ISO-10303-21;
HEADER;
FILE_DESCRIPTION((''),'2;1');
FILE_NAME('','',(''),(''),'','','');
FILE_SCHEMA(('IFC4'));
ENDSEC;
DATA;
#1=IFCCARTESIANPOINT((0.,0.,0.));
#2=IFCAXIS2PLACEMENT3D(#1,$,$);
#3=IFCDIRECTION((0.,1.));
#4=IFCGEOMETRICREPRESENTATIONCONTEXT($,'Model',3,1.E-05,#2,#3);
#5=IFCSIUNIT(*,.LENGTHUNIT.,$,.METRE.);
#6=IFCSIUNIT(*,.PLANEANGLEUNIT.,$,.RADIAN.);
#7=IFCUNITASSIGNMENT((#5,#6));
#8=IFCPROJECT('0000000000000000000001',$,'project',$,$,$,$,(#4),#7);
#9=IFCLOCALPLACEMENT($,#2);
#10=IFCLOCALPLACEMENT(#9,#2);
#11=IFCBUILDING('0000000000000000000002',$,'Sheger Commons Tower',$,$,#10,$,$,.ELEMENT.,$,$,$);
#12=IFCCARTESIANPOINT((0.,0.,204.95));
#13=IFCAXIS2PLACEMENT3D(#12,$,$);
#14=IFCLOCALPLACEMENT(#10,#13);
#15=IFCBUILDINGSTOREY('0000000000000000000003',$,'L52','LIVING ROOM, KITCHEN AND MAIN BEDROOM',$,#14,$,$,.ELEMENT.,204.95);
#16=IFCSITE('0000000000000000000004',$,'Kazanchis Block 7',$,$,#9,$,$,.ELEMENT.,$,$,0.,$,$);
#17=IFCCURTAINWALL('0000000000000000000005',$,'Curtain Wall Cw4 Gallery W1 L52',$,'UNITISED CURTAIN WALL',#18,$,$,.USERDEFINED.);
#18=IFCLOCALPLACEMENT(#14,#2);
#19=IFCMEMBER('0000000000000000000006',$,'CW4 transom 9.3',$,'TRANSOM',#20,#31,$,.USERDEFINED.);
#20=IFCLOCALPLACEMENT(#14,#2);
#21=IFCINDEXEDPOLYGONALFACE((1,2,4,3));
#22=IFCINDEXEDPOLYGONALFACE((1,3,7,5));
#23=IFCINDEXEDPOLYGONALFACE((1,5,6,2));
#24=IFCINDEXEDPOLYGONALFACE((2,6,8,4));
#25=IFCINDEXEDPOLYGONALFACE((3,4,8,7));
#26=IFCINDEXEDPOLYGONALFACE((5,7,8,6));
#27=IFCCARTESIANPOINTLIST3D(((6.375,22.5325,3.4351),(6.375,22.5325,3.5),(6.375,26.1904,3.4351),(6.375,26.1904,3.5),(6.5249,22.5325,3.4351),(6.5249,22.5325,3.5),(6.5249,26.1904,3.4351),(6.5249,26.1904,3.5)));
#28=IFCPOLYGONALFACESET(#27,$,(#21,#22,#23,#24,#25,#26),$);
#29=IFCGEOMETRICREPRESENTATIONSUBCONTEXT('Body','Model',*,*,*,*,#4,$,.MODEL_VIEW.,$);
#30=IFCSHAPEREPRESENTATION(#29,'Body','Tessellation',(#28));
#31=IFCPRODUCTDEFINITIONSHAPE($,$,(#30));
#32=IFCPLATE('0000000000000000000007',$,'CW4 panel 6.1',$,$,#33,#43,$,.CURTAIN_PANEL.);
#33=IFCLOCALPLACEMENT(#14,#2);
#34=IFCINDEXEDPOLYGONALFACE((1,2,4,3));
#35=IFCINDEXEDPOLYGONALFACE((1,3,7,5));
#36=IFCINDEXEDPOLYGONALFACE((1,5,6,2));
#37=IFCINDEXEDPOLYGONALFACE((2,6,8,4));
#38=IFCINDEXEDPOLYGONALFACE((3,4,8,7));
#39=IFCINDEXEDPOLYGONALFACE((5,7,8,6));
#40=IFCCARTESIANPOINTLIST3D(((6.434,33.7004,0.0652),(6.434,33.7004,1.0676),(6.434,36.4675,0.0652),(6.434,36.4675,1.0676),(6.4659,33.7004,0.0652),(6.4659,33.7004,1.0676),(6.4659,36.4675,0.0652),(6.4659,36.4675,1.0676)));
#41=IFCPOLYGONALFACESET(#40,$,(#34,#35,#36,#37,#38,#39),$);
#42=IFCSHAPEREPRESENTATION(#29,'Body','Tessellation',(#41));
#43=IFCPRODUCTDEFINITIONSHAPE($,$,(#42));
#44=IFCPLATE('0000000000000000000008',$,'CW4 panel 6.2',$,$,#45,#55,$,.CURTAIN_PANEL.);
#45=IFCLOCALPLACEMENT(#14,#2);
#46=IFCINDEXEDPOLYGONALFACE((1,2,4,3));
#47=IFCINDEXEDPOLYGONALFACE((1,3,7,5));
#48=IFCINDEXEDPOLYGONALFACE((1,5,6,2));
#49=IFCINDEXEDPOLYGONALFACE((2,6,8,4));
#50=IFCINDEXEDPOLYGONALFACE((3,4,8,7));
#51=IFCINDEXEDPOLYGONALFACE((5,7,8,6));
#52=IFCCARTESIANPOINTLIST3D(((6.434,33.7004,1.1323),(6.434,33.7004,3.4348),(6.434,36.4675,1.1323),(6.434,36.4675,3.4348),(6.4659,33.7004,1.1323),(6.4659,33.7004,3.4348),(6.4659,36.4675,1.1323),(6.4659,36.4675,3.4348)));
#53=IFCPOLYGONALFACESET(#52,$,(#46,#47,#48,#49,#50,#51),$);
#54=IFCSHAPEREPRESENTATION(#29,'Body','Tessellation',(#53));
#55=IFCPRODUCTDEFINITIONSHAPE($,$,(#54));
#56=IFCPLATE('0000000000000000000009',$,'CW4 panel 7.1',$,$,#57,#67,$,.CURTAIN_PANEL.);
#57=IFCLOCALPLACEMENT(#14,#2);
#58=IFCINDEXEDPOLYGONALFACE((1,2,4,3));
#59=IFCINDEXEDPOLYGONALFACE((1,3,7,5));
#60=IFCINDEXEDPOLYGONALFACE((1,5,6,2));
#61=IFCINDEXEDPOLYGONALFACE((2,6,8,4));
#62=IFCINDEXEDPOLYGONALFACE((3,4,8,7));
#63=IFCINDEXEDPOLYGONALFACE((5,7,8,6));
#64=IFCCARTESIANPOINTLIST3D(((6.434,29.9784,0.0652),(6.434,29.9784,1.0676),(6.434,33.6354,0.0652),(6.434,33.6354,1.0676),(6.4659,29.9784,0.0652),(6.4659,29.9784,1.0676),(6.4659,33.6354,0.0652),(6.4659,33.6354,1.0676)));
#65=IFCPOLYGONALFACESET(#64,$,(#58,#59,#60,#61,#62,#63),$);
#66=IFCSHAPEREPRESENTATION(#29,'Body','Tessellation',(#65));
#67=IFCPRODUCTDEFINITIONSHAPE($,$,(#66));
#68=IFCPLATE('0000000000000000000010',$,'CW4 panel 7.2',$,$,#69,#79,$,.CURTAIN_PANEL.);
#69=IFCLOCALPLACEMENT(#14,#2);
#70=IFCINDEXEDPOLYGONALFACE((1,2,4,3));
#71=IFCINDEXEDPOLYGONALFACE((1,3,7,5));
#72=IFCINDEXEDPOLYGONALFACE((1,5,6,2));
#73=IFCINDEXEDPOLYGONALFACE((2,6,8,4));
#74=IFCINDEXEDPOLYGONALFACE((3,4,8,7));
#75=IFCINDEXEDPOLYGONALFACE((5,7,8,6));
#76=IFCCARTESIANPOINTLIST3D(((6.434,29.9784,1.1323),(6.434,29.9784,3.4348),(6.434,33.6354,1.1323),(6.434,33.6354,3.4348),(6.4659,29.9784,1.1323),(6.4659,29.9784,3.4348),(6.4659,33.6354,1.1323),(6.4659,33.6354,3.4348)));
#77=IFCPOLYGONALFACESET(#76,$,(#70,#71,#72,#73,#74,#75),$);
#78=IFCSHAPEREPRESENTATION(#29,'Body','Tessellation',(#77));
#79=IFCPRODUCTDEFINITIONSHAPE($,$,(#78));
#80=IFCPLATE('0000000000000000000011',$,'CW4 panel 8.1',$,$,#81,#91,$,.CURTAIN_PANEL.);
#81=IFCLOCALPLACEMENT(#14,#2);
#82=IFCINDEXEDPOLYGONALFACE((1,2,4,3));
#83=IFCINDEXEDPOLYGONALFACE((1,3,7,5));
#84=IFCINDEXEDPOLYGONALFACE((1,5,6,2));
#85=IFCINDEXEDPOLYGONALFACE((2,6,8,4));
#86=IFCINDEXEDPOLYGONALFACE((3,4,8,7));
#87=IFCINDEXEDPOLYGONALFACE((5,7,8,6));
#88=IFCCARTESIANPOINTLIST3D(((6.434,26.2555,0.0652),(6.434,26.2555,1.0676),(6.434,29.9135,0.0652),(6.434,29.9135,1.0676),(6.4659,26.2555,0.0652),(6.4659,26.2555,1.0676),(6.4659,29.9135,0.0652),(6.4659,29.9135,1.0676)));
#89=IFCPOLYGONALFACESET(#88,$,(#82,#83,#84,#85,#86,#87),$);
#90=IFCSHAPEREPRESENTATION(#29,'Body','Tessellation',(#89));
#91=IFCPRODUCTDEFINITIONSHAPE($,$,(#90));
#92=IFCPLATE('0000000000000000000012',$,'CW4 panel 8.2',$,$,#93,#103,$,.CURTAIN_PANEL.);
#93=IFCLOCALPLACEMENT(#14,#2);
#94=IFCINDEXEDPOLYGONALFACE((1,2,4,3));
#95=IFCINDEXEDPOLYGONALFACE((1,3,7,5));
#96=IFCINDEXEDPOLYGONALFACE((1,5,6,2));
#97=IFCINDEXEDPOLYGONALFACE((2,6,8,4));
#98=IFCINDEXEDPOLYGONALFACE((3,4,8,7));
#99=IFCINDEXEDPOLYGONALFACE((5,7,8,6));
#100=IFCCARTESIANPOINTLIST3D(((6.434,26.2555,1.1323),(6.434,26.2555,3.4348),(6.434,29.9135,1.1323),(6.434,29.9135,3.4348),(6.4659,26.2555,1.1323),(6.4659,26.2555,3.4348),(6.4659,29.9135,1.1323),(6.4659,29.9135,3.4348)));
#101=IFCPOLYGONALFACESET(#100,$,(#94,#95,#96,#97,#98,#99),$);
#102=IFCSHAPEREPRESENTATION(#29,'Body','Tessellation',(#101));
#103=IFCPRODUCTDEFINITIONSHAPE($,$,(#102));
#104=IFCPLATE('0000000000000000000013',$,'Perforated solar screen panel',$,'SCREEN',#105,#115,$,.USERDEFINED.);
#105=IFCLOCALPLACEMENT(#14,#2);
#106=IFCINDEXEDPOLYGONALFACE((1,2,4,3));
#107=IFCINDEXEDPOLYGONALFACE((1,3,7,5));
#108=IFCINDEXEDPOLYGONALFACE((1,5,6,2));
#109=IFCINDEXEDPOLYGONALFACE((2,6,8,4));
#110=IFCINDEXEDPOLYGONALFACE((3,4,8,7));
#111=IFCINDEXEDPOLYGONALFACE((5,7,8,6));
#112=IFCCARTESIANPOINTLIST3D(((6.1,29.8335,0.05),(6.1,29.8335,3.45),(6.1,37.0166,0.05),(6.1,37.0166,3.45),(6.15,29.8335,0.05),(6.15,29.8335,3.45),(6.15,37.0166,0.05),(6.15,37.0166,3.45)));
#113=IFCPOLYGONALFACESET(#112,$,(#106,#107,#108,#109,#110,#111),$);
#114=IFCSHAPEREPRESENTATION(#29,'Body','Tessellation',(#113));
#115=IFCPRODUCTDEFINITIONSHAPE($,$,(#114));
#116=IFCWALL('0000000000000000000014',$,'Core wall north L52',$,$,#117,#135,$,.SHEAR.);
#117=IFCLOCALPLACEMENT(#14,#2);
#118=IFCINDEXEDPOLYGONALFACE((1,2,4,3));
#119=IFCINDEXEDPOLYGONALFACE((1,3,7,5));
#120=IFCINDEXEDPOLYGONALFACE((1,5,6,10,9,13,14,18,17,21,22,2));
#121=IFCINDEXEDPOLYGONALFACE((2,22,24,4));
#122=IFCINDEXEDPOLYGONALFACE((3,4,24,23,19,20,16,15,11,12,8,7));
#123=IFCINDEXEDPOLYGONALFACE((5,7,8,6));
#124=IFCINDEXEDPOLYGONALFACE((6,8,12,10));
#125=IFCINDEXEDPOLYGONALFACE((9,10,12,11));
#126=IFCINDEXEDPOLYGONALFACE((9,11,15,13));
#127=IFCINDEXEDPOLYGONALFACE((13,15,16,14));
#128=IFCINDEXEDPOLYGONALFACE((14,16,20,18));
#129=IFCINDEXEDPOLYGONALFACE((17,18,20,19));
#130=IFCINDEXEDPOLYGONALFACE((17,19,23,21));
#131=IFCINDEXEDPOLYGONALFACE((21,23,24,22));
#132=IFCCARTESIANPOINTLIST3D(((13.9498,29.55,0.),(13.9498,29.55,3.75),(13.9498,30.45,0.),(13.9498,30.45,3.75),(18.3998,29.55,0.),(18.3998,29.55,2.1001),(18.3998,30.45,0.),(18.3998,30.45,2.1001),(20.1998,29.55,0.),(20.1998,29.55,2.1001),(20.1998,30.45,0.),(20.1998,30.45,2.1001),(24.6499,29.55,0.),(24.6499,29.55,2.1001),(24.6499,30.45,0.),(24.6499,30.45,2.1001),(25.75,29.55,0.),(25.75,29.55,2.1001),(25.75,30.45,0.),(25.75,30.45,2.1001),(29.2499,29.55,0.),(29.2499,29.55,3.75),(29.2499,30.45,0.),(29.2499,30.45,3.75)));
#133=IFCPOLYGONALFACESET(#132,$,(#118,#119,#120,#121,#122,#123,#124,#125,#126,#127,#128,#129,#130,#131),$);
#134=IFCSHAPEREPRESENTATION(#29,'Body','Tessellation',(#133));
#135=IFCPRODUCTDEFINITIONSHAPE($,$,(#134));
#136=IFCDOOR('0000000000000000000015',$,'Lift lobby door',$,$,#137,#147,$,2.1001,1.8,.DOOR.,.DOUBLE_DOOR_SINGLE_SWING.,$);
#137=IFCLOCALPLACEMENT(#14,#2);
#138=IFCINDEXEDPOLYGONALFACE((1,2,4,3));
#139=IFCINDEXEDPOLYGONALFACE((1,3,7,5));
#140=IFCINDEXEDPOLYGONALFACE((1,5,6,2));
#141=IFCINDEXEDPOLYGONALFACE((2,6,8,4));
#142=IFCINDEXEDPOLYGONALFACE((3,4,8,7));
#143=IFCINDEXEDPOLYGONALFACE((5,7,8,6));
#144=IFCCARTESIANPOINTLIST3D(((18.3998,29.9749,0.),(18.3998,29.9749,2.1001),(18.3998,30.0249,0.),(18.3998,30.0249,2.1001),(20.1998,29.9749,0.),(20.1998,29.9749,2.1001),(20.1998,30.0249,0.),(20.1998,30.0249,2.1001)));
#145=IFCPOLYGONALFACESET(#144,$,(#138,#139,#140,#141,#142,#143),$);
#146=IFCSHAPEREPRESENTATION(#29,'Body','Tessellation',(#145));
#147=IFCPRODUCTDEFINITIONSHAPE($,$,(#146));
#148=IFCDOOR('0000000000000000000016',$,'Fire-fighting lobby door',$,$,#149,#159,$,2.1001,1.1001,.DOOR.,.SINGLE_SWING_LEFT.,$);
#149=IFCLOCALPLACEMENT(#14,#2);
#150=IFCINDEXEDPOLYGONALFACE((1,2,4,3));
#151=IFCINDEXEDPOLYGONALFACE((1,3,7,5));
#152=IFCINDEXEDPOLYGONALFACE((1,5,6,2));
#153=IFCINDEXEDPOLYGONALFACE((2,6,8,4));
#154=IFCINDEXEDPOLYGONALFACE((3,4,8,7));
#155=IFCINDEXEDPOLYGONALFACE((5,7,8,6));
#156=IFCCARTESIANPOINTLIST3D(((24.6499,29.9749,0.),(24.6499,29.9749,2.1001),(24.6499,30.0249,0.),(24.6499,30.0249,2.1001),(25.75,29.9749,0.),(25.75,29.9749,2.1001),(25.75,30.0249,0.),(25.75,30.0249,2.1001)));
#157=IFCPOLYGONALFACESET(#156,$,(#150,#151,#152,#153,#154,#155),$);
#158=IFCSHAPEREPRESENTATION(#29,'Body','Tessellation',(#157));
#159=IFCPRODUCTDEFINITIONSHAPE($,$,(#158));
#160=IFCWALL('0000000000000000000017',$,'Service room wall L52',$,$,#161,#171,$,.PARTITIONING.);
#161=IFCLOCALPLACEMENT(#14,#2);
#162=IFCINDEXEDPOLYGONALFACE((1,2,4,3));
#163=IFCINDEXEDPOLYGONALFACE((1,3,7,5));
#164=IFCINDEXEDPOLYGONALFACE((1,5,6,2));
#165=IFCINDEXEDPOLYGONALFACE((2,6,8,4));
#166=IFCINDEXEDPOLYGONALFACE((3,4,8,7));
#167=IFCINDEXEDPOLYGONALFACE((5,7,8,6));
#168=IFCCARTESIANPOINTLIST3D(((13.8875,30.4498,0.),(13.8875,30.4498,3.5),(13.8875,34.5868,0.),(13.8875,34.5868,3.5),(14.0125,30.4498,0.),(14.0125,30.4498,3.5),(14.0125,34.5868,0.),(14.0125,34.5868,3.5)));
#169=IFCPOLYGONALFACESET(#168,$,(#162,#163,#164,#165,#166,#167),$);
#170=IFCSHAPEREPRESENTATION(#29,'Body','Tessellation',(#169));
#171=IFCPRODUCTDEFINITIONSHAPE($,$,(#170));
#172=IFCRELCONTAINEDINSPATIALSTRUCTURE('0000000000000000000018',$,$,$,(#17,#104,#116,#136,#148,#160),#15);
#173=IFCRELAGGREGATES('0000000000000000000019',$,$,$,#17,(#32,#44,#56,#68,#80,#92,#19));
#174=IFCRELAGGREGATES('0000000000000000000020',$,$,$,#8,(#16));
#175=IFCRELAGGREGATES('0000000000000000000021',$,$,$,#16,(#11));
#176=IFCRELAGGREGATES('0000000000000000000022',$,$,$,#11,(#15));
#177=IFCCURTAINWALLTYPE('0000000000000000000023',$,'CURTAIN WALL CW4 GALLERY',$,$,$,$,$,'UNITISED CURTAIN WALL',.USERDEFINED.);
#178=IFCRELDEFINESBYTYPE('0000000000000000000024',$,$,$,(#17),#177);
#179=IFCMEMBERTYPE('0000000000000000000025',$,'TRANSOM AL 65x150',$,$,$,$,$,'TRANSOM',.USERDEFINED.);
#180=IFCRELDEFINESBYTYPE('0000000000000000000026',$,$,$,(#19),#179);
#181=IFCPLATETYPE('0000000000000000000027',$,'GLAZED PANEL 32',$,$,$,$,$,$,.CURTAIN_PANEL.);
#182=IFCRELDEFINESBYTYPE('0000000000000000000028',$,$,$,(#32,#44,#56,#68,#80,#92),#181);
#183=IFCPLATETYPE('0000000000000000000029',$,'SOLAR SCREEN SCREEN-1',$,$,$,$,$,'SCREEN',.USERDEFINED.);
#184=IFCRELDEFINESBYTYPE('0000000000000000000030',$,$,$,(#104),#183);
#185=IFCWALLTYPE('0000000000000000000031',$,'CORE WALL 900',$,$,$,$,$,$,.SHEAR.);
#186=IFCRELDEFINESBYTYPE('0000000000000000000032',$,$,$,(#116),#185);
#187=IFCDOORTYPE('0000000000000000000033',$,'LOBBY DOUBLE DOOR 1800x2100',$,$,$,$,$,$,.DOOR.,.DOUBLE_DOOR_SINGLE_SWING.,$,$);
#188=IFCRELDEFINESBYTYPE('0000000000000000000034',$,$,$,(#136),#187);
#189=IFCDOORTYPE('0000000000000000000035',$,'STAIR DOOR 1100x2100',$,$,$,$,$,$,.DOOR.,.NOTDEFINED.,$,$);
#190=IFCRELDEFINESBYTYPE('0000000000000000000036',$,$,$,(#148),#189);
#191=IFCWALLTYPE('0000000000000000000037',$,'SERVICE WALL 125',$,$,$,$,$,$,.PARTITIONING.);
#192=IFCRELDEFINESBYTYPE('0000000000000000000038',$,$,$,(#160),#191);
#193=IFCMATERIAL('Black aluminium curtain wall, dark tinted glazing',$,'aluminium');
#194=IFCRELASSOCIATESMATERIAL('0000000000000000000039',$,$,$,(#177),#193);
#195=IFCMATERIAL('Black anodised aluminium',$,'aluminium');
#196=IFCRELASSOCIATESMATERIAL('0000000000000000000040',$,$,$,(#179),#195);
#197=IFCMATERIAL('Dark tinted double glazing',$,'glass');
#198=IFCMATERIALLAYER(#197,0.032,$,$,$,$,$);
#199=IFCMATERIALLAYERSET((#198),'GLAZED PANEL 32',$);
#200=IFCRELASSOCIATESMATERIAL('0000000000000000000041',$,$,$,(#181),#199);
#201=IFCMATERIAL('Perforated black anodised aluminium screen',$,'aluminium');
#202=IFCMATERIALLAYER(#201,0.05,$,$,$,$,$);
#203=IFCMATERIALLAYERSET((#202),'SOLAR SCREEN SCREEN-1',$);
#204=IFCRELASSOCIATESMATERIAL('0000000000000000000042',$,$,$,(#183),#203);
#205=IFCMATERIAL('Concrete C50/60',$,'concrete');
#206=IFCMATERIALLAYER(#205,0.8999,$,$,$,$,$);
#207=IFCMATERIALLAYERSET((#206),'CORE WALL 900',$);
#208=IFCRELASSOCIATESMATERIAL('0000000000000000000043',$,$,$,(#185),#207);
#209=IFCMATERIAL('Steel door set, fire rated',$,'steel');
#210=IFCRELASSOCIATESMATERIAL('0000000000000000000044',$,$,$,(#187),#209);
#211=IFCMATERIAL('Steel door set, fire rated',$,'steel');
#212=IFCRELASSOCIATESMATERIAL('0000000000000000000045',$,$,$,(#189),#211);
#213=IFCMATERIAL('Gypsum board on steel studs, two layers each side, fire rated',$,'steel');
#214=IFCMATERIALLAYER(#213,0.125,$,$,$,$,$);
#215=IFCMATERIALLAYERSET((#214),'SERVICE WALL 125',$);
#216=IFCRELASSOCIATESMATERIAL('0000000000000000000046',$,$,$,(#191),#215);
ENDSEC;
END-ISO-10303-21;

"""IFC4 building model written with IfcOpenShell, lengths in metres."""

from ifc_helpers import new_model, si_unit, direction, frame, frame_2d, origin, origin_2d, place, context, subcontext, project, spatial, rectangle, extrude, material, layer, layer_set, material_profile, profile_set, type_object, element, fill, aggregate, save


model = new_model("IFC4")

# Units and contexts
model_context = context("Model", 3, precision=1e-05, world=origin(), true_north=direction((0.0, 1.0)))
body_context = subcontext(model_context, "Body", "Model", "MODEL_VIEW")
ifc_project = project(units=[si_unit("LENGTHUNIT", "METRE"), si_unit("PLANEANGLEUNIT", "RADIAN")], contexts=[model_context])

# Site, building, storey
site_placement = place(None, origin())
site = spatial("IfcSite", under=ifc_project, at=site_placement, Name="Kazanchis Block 7", CompositionType="ELEMENT", RefElevation=0.0)
building_placement = place(site_placement, origin())
building = spatial("IfcBuilding", under=site, at=building_placement, Name="Sheger Commons Tower", CompositionType="ELEMENT")
storey_placement = place(building_placement, frame((0.0, 0.0, 204.95)))
storey = spatial("IfcBuildingStorey", under=building, at=storey_placement, Name="L52", Description="LIVING ROOM, KITCHEN AND MAIN BEDROOM", CompositionType="ELEMENT", Elevation=204.95)

# Curtain wall
ifc_material_1 = material(Name="Black aluminium curtain wall, dark tinted glazing", Category="aluminium")
curtain_wall_type = type_object("IfcCurtainWallType", Name="CURTAIN WALL CW4 GALLERY", ElementType="UNITISED CURTAIN WALL", PredefinedType="USERDEFINED", material=ifc_material_1)
curtain_wall_placement = place(storey_placement, origin())
curtain_wall = element("IfcCurtainWall", 1, at=curtain_wall_placement, inside=storey, type_object=curtain_wall_type, Name="Curtain Wall Cw4 Gallery W1 L52", ObjectType="UNITISED CURTAIN WALL", PredefinedType="USERDEFINED")

# Member
ifc_material_2 = material(Name="Black anodised aluminium", Category="aluminium")
ifc_material_profile_1 = material_profile(ifc_material_2, rectangle(XDim=0.1499, YDim=0.0649, at=origin_2d()), Name="AL 65x150")
ifc_profile_set_1 = profile_set([ifc_material_profile_1], Name="Black anodised aluminium")
member_type_1 = type_object("IfcMemberType", Name="TRANSOM AL 65x150", ElementType="TRANSOM", PredefinedType="USERDEFINED", material=ifc_profile_set_1)
member_1_placement = place(storey_placement, frame((6.45, 26.1904, 3.4675), z_axis=(0.0, -1.0, 0.0), x_axis=(1.0, 0.0, 0.0)))
member_1 = element("IfcMember", 2, at=member_1_placement, type_object=member_type_1, Name="CW4 transom 9.3", ObjectType="TRANSOM", PredefinedType="USERDEFINED", context=body_context, shape_type="SweptSolid", body=[
    extrude(rectangle(XDim=0.1499, YDim=0.0649, at=origin_2d()), origin(), (0.0, 0.0, 1.0), 3.658),
])

# Plates
ifc_material_3 = material(Name="Dark tinted double glazing", Category="glass")
ifc_layer_1 = layer(ifc_material_3, 0.032)
ifc_layer_set_1 = layer_set([ifc_layer_1], Name="GLAZED PANEL 32")
plate_type_1 = type_object("IfcPlateType", Name="GLAZED PANEL 32", PredefinedType="CURTAIN_PANEL", material=ifc_layer_set_1)
plate_1_placement = place(storey_placement, frame((6.45, 35.084, 0.0652), z_axis=(0.0, 0.0, 1.0), x_axis=(0.0, -1.0, 0.0)))
plate_1 = element("IfcPlate", 3, at=plate_1_placement, type_object=plate_type_1, Name="CW4 panel 6.1", PredefinedType="CURTAIN_PANEL", context=body_context, shape_type="SweptSolid", body=[
    extrude(rectangle(XDim=2.7671, YDim=0.032, at=origin_2d()), origin(), (0.0, 0.0, 1.0), 1.0024),
])
plate_2_placement = place(storey_placement, frame((6.45, 35.084, 1.1323), z_axis=(0.0, 0.0, 1.0), x_axis=(0.0, -1.0, 0.0)))
plate_2 = element("IfcPlate", 4, at=plate_2_placement, type_object=plate_type_1, Name="CW4 panel 6.2", PredefinedType="CURTAIN_PANEL", context=body_context, shape_type="SweptSolid", body=[
    extrude(rectangle(XDim=2.7671, YDim=0.032, at=origin_2d()), origin(), (0.0, 0.0, 1.0), 2.3025),
])
plate_3_placement = place(storey_placement, frame((6.45, 31.8069, 0.0652), z_axis=(0.0, 0.0, 1.0), x_axis=(0.0, -1.0, 0.0)))
plate_3 = element("IfcPlate", 5, at=plate_3_placement, type_object=plate_type_1, Name="CW4 panel 7.1", PredefinedType="CURTAIN_PANEL", context=body_context, shape_type="SweptSolid", body=[
    extrude(rectangle(XDim=3.657, YDim=0.032, at=origin_2d()), origin(), (0.0, 0.0, 1.0), 1.0024),
])
plate_4_placement = place(storey_placement, frame((6.45, 31.8069, 1.1323), z_axis=(0.0, 0.0, 1.0), x_axis=(0.0, -1.0, 0.0)))
plate_4 = element("IfcPlate", 6, at=plate_4_placement, type_object=plate_type_1, Name="CW4 panel 7.2", PredefinedType="CURTAIN_PANEL", context=body_context, shape_type="SweptSolid", body=[
    extrude(rectangle(XDim=3.657, YDim=0.032, at=origin_2d()), origin(), (0.0, 0.0, 1.0), 2.3025),
])
plate_5_placement = place(storey_placement, frame((6.45, 28.0845, 0.0652), z_axis=(0.0, 0.0, 1.0), x_axis=(0.0, -1.0, 0.0)))
plate_5 = element("IfcPlate", 7, at=plate_5_placement, type_object=plate_type_1, Name="CW4 panel 8.1", PredefinedType="CURTAIN_PANEL", context=body_context, shape_type="SweptSolid", body=[
    extrude(rectangle(XDim=3.658, YDim=0.032, at=origin_2d()), origin(), (0.0, 0.0, 1.0), 1.0024),
])
plate_6_placement = place(storey_placement, frame((6.45, 28.0845, 1.1323), z_axis=(0.0, 0.0, 1.0), x_axis=(0.0, -1.0, 0.0)))
plate_6 = element("IfcPlate", 8, at=plate_6_placement, type_object=plate_type_1, Name="CW4 panel 8.2", PredefinedType="CURTAIN_PANEL", context=body_context, shape_type="SweptSolid", body=[
    extrude(rectangle(XDim=3.658, YDim=0.032, at=origin_2d()), origin(), (0.0, 0.0, 1.0), 2.3025),
])
aggregate(curtain_wall, [plate_1, plate_2, plate_3, plate_4, plate_5, plate_6, member_1])
ifc_material_4 = material(Name="Perforated black anodised aluminium screen", Category="aluminium")
ifc_layer_2 = layer(ifc_material_4, 0.05)
ifc_layer_set_2 = layer_set([ifc_layer_2], Name="SOLAR SCREEN SCREEN-1")
plate_type_2 = type_object("IfcPlateType", Name="SOLAR SCREEN SCREEN-1", ElementType="SCREEN", PredefinedType="USERDEFINED", material=ifc_layer_set_2)
plate_7_placement = place(storey_placement, frame((6.125, 33.425, 0.05), z_axis=(0.0, 0.0, 1.0), x_axis=(0.0, -1.0, 0.0)))
element("IfcPlate", 9, at=plate_7_placement, inside=storey, type_object=plate_type_2, Name="Perforated solar screen panel", ObjectType="SCREEN", PredefinedType="USERDEFINED", context=body_context, shape_type="SweptSolid", body=[
    extrude(rectangle(XDim=7.1831, YDim=0.05, at=origin_2d()), origin(), (0.0, 0.0, 1.0), 3.3999),
])

# Wall, openings, doors
ifc_material_5 = material(Name="Concrete C50/60", Category="concrete")
ifc_layer_3 = layer(ifc_material_5, 0.8999)
ifc_layer_set_3 = layer_set([ifc_layer_3], Name="CORE WALL 900")
wall_type_1 = type_object("IfcWallType", Name="CORE WALL 900", PredefinedType="SHEAR", material=ifc_layer_set_3)
wall_1_placement = place(storey_placement, frame((13.95, 30.0, 0.0), z_axis=(0.0, 0.0, 1.0), x_axis=(1.0, 0.0, 0.0)))
wall_1 = element("IfcWall", 10, at=wall_1_placement, inside=storey, type_object=wall_type_1, Name="Core wall north L52", PredefinedType="SHEAR", context=body_context, shape_type="SweptSolid", body=[
    extrude(rectangle(XDim=15.3, YDim=0.8999, at=frame_2d((7.6499, 0.0))), origin(), (0.0, 0.0, 1.0), 3.75),
])
opening_1_placement = place(wall_1_placement, frame((4.45, 0.0, 0.0)))
opening_1 = element("IfcOpeningElement", 11, at=opening_1_placement, cuts=wall_1, PredefinedType="OPENING", context=body_context, shape_type="SweptSolid", body=[
    extrude(rectangle(XDim=1.8, YDim=2.1001, at=frame_2d((0.8999, 1.05))), frame((0.0, 0.46, 0.0), z_axis=(0.0, -1.0, 0.0), x_axis=(1.0, 0.0, 0.0)), (0.0, 0.0, 1.0), 0.9199),
])
opening_2_placement = place(wall_1_placement, frame((10.7, 0.0, 0.0)))
opening_2 = element("IfcOpeningElement", 12, at=opening_2_placement, cuts=wall_1, PredefinedType="OPENING", context=body_context, shape_type="SweptSolid", body=[
    extrude(rectangle(XDim=1.1001, YDim=2.1001, at=frame_2d((0.55, 1.05))), frame((0.0, 0.46, 0.0), z_axis=(0.0, -1.0, 0.0), x_axis=(1.0, 0.0, 0.0)), (0.0, 0.0, 1.0), 0.9199),
])
ifc_material_6 = material(Name="Steel door set, fire rated", Category="steel")
door_type_1 = type_object("IfcDoorType", Name="LOBBY DOUBLE DOOR 1800x2100", OperationType="DOUBLE_DOOR_SINGLE_SWING", PredefinedType="DOOR", material=ifc_material_6)
door_1_placement = place(opening_1_placement, origin())
door_1 = element("IfcDoor", 13, at=door_1_placement, inside=storey, type_object=door_type_1, Name="Lift lobby door", OperationType="DOUBLE_DOOR_SINGLE_SWING", OverallHeight=2.1001, OverallWidth=1.8, PredefinedType="DOOR", context=body_context, shape_type="SweptSolid", body=[
    extrude(rectangle(XDim=1.8, YDim=2.1001, at=frame_2d((0.8999, 1.05))), frame((0.0, 0.0249, 0.0), z_axis=(0.0, -1.0, 0.0), x_axis=(1.0, 0.0, 0.0)), (0.0, 0.0, 1.0), 0.05),
])
fill(opening_1, door_1)
ifc_material_7 = material(Name="Steel door set, fire rated", Category="steel")
door_type_2 = type_object("IfcDoorType", Name="STAIR DOOR 1100x2100", OperationType="NOTDEFINED", PredefinedType="DOOR", material=ifc_material_7)
door_2_placement = place(opening_2_placement, origin())
door_2 = element("IfcDoor", 14, at=door_2_placement, inside=storey, type_object=door_type_2, Name="Fire-fighting lobby door", OperationType="SINGLE_SWING_LEFT", OverallHeight=2.1001, OverallWidth=1.1001, PredefinedType="DOOR", context=body_context, shape_type="SweptSolid", body=[
    extrude(rectangle(XDim=1.1001, YDim=2.1001, at=frame_2d((0.55, 1.05))), frame((0.0, 0.0249, 0.0), z_axis=(0.0, -1.0, 0.0), x_axis=(1.0, 0.0, 0.0)), (0.0, 0.0, 1.0), 0.05),
])
fill(opening_2, door_2)

# Wall
ifc_material_8 = material(Name="Gypsum board on steel studs, two layers each side, fire rated", Category="steel")
ifc_layer_4 = layer(ifc_material_8, 0.125)
ifc_layer_set_4 = layer_set([ifc_layer_4], Name="SERVICE WALL 125")
wall_type_2 = type_object("IfcWallType", Name="SERVICE WALL 125", PredefinedType="PARTITIONING", material=ifc_layer_set_4)
wall_2_placement = place(storey_placement, frame((13.95, 30.45, 0.0), z_axis=(0.0, 0.0, 1.0), x_axis=(0.0, 1.0, 0.0)))
element("IfcWall", 15, at=wall_2_placement, inside=storey, type_object=wall_type_2, Name="Service room wall L52", PredefinedType="PARTITIONING", context=body_context, shape_type="SweptSolid", body=[
    extrude(rectangle(XDim=4.137, YDim=0.125, at=frame_2d((2.0684, 0.0))), origin(), (0.0, 0.0, 1.0), 3.5),
])

save(model, "model.ifc")
